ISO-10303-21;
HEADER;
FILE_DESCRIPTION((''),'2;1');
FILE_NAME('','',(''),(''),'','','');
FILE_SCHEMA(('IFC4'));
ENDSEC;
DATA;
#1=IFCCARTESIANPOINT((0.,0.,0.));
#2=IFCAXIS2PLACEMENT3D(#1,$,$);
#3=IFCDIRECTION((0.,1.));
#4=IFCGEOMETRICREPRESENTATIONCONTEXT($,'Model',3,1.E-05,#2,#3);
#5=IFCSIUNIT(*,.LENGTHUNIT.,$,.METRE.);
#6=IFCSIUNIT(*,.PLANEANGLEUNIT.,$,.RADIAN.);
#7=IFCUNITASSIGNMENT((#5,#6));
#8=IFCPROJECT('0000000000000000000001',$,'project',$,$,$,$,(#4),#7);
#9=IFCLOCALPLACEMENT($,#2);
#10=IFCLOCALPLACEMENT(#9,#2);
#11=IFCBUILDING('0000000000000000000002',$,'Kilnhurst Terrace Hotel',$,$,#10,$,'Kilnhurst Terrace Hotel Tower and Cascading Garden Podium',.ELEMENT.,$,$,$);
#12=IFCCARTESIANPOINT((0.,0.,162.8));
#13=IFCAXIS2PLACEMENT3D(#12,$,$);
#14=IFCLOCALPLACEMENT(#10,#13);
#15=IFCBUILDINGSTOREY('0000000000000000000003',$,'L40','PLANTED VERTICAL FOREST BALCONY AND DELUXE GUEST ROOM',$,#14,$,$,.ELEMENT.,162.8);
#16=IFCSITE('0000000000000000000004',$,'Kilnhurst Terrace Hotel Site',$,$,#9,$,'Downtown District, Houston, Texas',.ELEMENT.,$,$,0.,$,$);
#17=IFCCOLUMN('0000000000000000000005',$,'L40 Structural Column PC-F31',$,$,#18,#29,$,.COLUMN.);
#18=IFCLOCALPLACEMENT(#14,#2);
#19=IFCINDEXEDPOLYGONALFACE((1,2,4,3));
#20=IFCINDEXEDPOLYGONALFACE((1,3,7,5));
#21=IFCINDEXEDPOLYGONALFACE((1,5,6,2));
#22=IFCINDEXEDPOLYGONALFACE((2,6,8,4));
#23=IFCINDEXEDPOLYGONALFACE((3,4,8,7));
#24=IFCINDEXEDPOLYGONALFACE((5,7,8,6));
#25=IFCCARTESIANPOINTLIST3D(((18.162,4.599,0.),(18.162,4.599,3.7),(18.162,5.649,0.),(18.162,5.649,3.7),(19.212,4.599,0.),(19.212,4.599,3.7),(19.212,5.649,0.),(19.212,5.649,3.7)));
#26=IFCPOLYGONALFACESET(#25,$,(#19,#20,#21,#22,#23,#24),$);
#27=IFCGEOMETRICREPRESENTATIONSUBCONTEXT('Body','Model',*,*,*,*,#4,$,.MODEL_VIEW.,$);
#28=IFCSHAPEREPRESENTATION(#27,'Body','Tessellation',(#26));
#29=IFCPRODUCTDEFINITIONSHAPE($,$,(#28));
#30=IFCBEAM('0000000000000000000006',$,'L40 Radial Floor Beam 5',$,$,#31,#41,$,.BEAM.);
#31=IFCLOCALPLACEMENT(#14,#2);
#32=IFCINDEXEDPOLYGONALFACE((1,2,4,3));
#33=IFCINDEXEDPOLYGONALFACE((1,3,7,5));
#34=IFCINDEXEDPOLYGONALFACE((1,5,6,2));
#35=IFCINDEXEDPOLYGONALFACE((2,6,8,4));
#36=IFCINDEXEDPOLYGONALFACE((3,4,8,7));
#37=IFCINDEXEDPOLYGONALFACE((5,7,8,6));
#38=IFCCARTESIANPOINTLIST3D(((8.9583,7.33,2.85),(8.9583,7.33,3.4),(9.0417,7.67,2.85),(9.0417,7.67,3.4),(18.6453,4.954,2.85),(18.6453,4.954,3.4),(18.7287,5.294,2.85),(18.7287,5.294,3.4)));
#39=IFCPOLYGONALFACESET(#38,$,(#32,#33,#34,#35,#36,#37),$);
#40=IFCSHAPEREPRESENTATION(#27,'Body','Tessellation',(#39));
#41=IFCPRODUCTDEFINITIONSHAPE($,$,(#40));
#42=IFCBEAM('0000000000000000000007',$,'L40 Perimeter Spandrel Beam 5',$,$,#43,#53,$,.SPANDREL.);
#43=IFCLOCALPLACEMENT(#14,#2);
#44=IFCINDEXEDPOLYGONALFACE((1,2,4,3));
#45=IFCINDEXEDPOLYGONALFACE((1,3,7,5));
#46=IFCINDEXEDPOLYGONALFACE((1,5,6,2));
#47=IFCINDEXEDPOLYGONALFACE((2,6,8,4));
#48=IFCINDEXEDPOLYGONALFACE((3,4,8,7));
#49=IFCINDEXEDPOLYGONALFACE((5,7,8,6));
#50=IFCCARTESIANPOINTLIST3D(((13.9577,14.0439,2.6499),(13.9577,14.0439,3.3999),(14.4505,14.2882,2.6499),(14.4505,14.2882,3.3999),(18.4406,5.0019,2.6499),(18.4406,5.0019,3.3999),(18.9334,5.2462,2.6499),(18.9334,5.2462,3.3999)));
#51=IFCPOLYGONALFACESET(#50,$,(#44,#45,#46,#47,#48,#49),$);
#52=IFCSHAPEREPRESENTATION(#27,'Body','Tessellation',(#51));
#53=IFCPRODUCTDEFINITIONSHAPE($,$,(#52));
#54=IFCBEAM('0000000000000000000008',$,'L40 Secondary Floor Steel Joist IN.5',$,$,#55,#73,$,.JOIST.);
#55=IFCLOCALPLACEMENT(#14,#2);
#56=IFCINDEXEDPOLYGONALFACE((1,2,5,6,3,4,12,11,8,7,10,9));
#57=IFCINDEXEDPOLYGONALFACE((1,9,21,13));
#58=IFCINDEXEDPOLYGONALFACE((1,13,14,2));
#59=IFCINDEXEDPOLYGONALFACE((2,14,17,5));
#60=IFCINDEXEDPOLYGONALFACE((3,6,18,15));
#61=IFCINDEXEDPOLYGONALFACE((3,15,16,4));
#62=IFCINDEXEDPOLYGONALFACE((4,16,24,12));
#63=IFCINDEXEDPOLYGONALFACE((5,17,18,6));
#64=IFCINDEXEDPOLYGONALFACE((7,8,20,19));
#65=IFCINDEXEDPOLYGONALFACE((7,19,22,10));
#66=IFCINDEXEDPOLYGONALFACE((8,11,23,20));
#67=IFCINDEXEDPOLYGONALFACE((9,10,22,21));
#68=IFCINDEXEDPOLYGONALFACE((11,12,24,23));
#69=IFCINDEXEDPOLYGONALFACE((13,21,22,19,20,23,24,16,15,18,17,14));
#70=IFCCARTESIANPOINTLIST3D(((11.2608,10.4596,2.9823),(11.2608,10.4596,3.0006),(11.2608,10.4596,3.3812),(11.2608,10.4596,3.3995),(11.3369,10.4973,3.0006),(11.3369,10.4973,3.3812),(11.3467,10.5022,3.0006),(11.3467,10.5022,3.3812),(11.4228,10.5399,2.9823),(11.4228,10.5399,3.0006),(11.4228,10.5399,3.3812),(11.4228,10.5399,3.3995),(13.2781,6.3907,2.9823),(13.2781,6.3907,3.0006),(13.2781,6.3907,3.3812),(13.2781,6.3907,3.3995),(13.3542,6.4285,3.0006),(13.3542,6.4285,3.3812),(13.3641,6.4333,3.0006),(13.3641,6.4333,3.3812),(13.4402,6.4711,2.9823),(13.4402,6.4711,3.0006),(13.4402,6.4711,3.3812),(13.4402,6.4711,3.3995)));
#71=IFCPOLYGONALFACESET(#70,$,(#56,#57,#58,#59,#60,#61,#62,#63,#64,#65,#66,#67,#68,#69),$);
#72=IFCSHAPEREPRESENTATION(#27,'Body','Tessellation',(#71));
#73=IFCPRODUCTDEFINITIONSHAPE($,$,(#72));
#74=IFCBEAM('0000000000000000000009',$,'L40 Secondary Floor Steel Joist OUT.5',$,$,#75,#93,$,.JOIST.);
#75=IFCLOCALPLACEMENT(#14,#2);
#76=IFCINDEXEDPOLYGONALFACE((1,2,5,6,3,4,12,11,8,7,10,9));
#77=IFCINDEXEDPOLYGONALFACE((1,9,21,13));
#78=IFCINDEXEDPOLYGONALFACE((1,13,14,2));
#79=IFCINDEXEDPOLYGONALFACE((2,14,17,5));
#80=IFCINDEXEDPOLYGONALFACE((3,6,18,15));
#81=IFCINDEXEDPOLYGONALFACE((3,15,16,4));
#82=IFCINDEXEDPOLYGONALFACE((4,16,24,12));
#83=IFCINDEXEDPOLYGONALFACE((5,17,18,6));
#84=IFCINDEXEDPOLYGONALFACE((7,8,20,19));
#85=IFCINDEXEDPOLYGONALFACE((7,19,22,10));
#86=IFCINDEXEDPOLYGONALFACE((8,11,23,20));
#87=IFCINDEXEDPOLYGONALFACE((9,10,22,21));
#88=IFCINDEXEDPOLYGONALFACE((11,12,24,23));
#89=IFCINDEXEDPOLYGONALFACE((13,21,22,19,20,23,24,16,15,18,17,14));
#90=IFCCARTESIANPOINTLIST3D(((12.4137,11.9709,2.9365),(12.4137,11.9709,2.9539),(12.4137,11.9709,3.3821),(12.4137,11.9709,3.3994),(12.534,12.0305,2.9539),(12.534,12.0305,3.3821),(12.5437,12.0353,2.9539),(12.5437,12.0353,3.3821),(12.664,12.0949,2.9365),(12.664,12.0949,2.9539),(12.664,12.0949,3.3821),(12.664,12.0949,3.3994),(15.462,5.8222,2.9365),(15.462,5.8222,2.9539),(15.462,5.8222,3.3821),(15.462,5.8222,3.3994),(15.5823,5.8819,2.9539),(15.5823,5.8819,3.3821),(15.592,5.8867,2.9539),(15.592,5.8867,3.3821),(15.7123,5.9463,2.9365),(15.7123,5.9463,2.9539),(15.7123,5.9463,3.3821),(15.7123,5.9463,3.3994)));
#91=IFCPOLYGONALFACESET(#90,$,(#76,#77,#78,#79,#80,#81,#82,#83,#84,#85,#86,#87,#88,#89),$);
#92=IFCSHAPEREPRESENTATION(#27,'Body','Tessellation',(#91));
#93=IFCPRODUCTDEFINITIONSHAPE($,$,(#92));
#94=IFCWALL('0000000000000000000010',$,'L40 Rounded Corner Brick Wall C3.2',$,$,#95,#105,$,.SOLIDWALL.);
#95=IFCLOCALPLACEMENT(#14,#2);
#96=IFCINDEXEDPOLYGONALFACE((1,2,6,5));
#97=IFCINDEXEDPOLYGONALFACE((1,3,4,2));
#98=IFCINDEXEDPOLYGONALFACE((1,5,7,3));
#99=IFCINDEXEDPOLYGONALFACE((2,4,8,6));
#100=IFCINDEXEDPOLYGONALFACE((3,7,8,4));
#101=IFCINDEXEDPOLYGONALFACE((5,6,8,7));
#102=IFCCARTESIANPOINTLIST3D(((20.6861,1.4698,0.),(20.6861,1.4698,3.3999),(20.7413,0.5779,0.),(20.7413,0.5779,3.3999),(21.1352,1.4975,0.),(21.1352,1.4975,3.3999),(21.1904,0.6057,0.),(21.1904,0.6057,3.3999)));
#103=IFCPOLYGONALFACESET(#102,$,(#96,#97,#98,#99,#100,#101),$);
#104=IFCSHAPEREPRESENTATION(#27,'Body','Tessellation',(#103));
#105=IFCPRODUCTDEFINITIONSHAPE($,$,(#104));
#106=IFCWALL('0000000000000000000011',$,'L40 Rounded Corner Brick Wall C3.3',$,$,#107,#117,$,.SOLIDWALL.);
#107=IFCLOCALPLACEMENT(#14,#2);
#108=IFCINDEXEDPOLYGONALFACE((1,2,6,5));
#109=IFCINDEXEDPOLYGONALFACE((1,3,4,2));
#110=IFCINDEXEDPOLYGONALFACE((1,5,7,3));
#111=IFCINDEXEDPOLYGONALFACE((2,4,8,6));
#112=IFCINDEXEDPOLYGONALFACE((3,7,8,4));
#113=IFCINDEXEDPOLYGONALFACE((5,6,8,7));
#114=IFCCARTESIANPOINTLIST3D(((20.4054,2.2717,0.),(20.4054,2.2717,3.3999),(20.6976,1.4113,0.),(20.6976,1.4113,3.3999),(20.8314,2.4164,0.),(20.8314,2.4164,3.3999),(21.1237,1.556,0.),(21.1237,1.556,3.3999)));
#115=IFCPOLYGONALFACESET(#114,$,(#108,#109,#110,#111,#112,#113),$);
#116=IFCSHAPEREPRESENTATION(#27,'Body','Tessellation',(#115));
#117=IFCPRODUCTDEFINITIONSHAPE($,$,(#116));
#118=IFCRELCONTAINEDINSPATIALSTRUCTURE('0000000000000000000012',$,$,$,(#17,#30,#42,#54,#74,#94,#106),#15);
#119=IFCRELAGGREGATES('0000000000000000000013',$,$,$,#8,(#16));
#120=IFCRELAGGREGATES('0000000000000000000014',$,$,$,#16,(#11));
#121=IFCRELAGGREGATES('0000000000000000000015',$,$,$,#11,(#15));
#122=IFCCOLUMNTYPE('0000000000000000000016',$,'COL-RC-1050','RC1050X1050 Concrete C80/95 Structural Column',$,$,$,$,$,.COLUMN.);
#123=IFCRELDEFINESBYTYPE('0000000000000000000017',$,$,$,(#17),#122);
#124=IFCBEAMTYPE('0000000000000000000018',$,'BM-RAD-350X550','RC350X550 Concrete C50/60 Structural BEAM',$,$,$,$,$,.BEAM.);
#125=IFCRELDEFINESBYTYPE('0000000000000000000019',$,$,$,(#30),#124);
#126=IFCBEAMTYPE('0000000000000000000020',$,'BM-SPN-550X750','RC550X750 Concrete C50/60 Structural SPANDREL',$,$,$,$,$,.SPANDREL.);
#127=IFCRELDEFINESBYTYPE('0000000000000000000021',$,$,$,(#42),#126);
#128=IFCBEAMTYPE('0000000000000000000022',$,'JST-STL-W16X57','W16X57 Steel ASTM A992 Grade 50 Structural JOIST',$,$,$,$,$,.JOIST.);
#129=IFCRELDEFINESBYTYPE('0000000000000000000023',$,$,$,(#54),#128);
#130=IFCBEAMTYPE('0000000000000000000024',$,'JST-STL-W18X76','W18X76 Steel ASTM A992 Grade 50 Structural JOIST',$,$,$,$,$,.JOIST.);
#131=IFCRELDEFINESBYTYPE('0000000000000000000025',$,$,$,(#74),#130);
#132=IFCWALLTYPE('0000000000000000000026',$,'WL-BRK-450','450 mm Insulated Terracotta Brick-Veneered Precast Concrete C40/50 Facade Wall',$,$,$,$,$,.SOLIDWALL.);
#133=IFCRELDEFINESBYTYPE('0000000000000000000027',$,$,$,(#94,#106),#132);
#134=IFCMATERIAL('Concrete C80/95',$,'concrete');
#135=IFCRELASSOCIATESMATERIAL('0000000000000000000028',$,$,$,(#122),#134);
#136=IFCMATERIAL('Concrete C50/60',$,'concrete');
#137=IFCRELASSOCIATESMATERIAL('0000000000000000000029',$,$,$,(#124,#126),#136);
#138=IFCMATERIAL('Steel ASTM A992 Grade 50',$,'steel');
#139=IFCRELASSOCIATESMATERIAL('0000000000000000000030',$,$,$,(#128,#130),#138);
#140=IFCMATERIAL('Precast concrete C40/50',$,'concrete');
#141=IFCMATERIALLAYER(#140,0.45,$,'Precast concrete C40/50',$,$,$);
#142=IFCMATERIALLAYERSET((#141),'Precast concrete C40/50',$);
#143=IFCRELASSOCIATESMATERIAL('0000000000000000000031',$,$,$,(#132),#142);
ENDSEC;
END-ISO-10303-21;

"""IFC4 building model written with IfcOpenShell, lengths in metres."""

from ifc_helpers import new_model, si_unit, direction, frame, frame_2d, origin, origin_2d, place, context, subcontext, project, spatial, rectangle, i_section, extrude, material, layer, layer_set, material_profile, profile_set, type_object, element, save


model = new_model("IFC4")

# Units and contexts
model_context = context("Model", 3, precision=1e-05, world=origin(), true_north=direction((0.0, 1.0)))
body_context = subcontext(model_context, "Body", "Model", "MODEL_VIEW")
ifc_project = project(units=[si_unit("LENGTHUNIT", "METRE"), si_unit("PLANEANGLEUNIT", "RADIAN")], contexts=[model_context])

# Site, building, storey
site_placement = place(None, origin())
site = spatial("IfcSite", under=ifc_project, at=site_placement, Name="Kilnhurst Terrace Hotel Site", LongName="Downtown District, Houston, Texas", CompositionType="ELEMENT", RefElevation=0.0)
building_placement = place(site_placement, origin())
building = spatial("IfcBuilding", under=site, at=building_placement, Name="Kilnhurst Terrace Hotel", LongName="Kilnhurst Terrace Hotel Tower and Cascading Garden Podium", CompositionType="ELEMENT")
storey_placement = place(building_placement, frame((0.0, 0.0, 162.8)))
storey = spatial("IfcBuildingStorey", under=building, at=storey_placement, Name="L40", Description="PLANTED VERTICAL FOREST BALCONY AND DELUXE GUEST ROOM", CompositionType="ELEMENT", Elevation=162.8)

# Column
ifc_material_1 = material(Name="Concrete C80/95", Category="concrete")
ifc_material_profile_1 = material_profile(ifc_material_1, rectangle(XDim=1.05, YDim=1.05, at=origin_2d()), Name="RC1050X1050")
ifc_profile_set_1 = profile_set([ifc_material_profile_1], Name="Concrete C80/95")
column_type = type_object("IfcColumnType", Name="COL-RC-1050", Description="RC1050X1050 Concrete C80/95 Structural Column", PredefinedType="COLUMN", material=ifc_profile_set_1)
column_placement = place(storey_placement, frame((18.687, 5.124, 0.0), z_axis=(0.0, 0.0, 1.0), x_axis=(1.0, 0.0, 0.0)))
element("IfcColumn", 1, at=column_placement, inside=storey, type_object=column_type, Name="L40 Structural Column PC-F31", PredefinedType="COLUMN", context=body_context, shape_type="SweptSolid", body=[
    extrude(rectangle(XDim=1.05, YDim=1.05, at=origin_2d()), origin(), (0.0, 0.0, 1.0), 3.7),
])

# Beams
ifc_material_2 = material(Name="Concrete C50/60", Category="concrete")
ifc_material_profile_2 = material_profile(ifc_material_2, rectangle(XDim=0.3501, YDim=0.55, at=origin_2d()), Name="RC350X550")
ifc_profile_set_2 = profile_set([ifc_material_profile_2], Name="Concrete C50/60")
beam_type_1 = type_object("IfcBeamType", Name="BM-RAD-350X550", Description="RC350X550 Concrete C50/60 Structural BEAM", PredefinedType="BEAM", material=ifc_profile_set_2)
beam_1_placement = place(storey_placement, frame((9.0, 7.5, 3.125), z_axis=(0.971213, -0.238214, 0.0), x_axis=(0.238214, 0.971213, 0.0)))
element("IfcBeam", 2, at=beam_1_placement, inside=storey, type_object=beam_type_1, Name="L40 Radial Floor Beam 5", PredefinedType="BEAM", context=body_context, shape_type="SweptSolid", body=[
    extrude(rectangle(XDim=0.3501, YDim=0.55, at=origin_2d()), origin(), (0.0, 0.0, 1.0), 9.9741),
])
ifc_material_profile_3 = material_profile(ifc_material_2, rectangle(XDim=0.55, YDim=0.75, at=origin_2d()), Name="RC550X750")
ifc_profile_set_3 = profile_set([ifc_material_profile_3], Name="Concrete C50/60")
beam_type_2 = type_object("IfcBeamType", Name="BM-SPN-550X750", Description="RC550X750 Concrete C50/60 Structural SPANDREL", PredefinedType="SPANDREL", material=ifc_profile_set_3)
beam_2_placement = place(storey_placement, frame((18.687, 5.124, 3.0249), z_axis=(-0.444192, 0.895932, 0.0), x_axis=(-0.895932, -0.444192, 0.0)))
element("IfcBeam", 3, at=beam_2_placement, inside=storey, type_object=beam_type_2, Name="L40 Perimeter Spandrel Beam 5", PredefinedType="SPANDREL", context=body_context, shape_type="SweptSolid", body=[
    extrude(rectangle(XDim=0.55, YDim=0.75, at=origin_2d()), origin(), (0.0, 0.0, 1.0), 10.0923),
])
ifc_material_3 = material(Name="Steel ASTM A992 Grade 50", Category="steel")
ifc_material_profile_4 = material_profile(ifc_material_3, i_section(OverallWidth=0.1809, OverallDepth=0.4172, WebThickness=0.011, FlangeThickness=0.0183, at=origin_2d()), Name="W16X57")
ifc_profile_set_4 = profile_set([ifc_material_profile_4], Name="Steel ASTM A992 Grade 50")
beam_type_3 = type_object("IfcBeamType", Name="JST-STL-W16X57", Description="W16X57 Steel ASTM A992 Grade 50 Structural JOIST", PredefinedType="JOIST", material=ifc_profile_set_4)
beam_3_placement = place(storey_placement, frame((13.3591, 6.4309, 3.1909), z_axis=(-0.444201, 0.895927, 0.0), x_axis=(-0.895927, -0.444201, 0.0)))
element("IfcBeam", 4, at=beam_3_placement, inside=storey, type_object=beam_type_3, Name="L40 Secondary Floor Steel Joist IN.5", PredefinedType="JOIST", context=body_context, shape_type="SweptSolid", body=[
    extrude(i_section(OverallWidth=0.1809, OverallDepth=0.4172, WebThickness=0.011, FlangeThickness=0.0183, at=origin_2d()), origin(), (0.0, 0.0, 1.0), 4.5415),
])
ifc_material_profile_5 = material_profile(ifc_material_3, i_section(OverallWidth=0.2793, OverallDepth=0.4629, WebThickness=0.0107, FlangeThickness=0.0173, at=origin_2d()), Name="W18X76")
ifc_profile_set_5 = profile_set([ifc_material_profile_5], Name="Steel ASTM A992 Grade 50")
beam_type_4 = type_object("IfcBeamType", Name="JST-STL-W18X76", Description="W18X76 Steel ASTM A992 Grade 50 Structural JOIST", PredefinedType="JOIST", material=ifc_profile_set_5)
beam_4_placement = place(storey_placement, frame((15.5872, 5.8843, 3.168), z_axis=(-0.44418, 0.895938, 0.0), x_axis=(-0.895938, -0.44418, 0.0)))
element("IfcBeam", 5, at=beam_4_placement, inside=storey, type_object=beam_type_4, Name="L40 Secondary Floor Steel Joist OUT.5", PredefinedType="JOIST", context=body_context, shape_type="SweptSolid", body=[
    extrude(i_section(OverallWidth=0.2793, OverallDepth=0.4629, WebThickness=0.0107, FlangeThickness=0.0173, at=origin_2d()), origin(), (0.0, 0.0, 1.0), 6.8628),
])

# Walls
ifc_material_4 = material(Name="Precast concrete C40/50", Category="concrete")
ifc_layer_1 = layer(ifc_material_4, 0.45, Name="Precast concrete C40/50")
ifc_layer_set_1 = layer_set([ifc_layer_1], Name="Precast concrete C40/50")
wall_type_1 = type_object("IfcWallType", Name="WL-BRK-450", Description="450 mm Insulated Terracotta Brick-Veneered Precast Concrete C40/50 Facade Wall", PredefinedType="SOLIDWALL", material=ifc_layer_set_1)
wall_1_placement = place(storey_placement, frame((20.9658, 0.5918, 0.0), z_axis=(0.0, 0.0, 1.0), x_axis=(-0.061749, 0.998092, 0.0)))
element("IfcWall", 6, at=wall_1_placement, inside=storey, type_object=wall_type_1, Name="L40 Rounded Corner Brick Wall C3.2", PredefinedType="SOLIDWALL", context=body_context, shape_type="SweptSolid", body=[
    extrude(rectangle(XDim=0.8936, YDim=0.45, at=frame_2d((0.4468, 0.0))), origin(), (0.0, 0.0, 1.0), 3.3999),
])
wall_2_placement = place(storey_placement, frame((20.9106, 1.4836, 0.0), z_axis=(0.0, 0.0, 1.0), x_axis=(-0.321623, 0.946868, 0.0)))
element("IfcWall", 7, at=wall_2_placement, inside=storey, type_object=wall_type_1, Name="L40 Rounded Corner Brick Wall C3.3", PredefinedType="SOLIDWALL", context=body_context, shape_type="SweptSolid", body=[
    extrude(rectangle(XDim=0.9087, YDim=0.45, at=frame_2d((0.4543, 0.0))), origin(), (0.0, 0.0, 1.0), 3.3999),
])

save(model, "model.ifc")
